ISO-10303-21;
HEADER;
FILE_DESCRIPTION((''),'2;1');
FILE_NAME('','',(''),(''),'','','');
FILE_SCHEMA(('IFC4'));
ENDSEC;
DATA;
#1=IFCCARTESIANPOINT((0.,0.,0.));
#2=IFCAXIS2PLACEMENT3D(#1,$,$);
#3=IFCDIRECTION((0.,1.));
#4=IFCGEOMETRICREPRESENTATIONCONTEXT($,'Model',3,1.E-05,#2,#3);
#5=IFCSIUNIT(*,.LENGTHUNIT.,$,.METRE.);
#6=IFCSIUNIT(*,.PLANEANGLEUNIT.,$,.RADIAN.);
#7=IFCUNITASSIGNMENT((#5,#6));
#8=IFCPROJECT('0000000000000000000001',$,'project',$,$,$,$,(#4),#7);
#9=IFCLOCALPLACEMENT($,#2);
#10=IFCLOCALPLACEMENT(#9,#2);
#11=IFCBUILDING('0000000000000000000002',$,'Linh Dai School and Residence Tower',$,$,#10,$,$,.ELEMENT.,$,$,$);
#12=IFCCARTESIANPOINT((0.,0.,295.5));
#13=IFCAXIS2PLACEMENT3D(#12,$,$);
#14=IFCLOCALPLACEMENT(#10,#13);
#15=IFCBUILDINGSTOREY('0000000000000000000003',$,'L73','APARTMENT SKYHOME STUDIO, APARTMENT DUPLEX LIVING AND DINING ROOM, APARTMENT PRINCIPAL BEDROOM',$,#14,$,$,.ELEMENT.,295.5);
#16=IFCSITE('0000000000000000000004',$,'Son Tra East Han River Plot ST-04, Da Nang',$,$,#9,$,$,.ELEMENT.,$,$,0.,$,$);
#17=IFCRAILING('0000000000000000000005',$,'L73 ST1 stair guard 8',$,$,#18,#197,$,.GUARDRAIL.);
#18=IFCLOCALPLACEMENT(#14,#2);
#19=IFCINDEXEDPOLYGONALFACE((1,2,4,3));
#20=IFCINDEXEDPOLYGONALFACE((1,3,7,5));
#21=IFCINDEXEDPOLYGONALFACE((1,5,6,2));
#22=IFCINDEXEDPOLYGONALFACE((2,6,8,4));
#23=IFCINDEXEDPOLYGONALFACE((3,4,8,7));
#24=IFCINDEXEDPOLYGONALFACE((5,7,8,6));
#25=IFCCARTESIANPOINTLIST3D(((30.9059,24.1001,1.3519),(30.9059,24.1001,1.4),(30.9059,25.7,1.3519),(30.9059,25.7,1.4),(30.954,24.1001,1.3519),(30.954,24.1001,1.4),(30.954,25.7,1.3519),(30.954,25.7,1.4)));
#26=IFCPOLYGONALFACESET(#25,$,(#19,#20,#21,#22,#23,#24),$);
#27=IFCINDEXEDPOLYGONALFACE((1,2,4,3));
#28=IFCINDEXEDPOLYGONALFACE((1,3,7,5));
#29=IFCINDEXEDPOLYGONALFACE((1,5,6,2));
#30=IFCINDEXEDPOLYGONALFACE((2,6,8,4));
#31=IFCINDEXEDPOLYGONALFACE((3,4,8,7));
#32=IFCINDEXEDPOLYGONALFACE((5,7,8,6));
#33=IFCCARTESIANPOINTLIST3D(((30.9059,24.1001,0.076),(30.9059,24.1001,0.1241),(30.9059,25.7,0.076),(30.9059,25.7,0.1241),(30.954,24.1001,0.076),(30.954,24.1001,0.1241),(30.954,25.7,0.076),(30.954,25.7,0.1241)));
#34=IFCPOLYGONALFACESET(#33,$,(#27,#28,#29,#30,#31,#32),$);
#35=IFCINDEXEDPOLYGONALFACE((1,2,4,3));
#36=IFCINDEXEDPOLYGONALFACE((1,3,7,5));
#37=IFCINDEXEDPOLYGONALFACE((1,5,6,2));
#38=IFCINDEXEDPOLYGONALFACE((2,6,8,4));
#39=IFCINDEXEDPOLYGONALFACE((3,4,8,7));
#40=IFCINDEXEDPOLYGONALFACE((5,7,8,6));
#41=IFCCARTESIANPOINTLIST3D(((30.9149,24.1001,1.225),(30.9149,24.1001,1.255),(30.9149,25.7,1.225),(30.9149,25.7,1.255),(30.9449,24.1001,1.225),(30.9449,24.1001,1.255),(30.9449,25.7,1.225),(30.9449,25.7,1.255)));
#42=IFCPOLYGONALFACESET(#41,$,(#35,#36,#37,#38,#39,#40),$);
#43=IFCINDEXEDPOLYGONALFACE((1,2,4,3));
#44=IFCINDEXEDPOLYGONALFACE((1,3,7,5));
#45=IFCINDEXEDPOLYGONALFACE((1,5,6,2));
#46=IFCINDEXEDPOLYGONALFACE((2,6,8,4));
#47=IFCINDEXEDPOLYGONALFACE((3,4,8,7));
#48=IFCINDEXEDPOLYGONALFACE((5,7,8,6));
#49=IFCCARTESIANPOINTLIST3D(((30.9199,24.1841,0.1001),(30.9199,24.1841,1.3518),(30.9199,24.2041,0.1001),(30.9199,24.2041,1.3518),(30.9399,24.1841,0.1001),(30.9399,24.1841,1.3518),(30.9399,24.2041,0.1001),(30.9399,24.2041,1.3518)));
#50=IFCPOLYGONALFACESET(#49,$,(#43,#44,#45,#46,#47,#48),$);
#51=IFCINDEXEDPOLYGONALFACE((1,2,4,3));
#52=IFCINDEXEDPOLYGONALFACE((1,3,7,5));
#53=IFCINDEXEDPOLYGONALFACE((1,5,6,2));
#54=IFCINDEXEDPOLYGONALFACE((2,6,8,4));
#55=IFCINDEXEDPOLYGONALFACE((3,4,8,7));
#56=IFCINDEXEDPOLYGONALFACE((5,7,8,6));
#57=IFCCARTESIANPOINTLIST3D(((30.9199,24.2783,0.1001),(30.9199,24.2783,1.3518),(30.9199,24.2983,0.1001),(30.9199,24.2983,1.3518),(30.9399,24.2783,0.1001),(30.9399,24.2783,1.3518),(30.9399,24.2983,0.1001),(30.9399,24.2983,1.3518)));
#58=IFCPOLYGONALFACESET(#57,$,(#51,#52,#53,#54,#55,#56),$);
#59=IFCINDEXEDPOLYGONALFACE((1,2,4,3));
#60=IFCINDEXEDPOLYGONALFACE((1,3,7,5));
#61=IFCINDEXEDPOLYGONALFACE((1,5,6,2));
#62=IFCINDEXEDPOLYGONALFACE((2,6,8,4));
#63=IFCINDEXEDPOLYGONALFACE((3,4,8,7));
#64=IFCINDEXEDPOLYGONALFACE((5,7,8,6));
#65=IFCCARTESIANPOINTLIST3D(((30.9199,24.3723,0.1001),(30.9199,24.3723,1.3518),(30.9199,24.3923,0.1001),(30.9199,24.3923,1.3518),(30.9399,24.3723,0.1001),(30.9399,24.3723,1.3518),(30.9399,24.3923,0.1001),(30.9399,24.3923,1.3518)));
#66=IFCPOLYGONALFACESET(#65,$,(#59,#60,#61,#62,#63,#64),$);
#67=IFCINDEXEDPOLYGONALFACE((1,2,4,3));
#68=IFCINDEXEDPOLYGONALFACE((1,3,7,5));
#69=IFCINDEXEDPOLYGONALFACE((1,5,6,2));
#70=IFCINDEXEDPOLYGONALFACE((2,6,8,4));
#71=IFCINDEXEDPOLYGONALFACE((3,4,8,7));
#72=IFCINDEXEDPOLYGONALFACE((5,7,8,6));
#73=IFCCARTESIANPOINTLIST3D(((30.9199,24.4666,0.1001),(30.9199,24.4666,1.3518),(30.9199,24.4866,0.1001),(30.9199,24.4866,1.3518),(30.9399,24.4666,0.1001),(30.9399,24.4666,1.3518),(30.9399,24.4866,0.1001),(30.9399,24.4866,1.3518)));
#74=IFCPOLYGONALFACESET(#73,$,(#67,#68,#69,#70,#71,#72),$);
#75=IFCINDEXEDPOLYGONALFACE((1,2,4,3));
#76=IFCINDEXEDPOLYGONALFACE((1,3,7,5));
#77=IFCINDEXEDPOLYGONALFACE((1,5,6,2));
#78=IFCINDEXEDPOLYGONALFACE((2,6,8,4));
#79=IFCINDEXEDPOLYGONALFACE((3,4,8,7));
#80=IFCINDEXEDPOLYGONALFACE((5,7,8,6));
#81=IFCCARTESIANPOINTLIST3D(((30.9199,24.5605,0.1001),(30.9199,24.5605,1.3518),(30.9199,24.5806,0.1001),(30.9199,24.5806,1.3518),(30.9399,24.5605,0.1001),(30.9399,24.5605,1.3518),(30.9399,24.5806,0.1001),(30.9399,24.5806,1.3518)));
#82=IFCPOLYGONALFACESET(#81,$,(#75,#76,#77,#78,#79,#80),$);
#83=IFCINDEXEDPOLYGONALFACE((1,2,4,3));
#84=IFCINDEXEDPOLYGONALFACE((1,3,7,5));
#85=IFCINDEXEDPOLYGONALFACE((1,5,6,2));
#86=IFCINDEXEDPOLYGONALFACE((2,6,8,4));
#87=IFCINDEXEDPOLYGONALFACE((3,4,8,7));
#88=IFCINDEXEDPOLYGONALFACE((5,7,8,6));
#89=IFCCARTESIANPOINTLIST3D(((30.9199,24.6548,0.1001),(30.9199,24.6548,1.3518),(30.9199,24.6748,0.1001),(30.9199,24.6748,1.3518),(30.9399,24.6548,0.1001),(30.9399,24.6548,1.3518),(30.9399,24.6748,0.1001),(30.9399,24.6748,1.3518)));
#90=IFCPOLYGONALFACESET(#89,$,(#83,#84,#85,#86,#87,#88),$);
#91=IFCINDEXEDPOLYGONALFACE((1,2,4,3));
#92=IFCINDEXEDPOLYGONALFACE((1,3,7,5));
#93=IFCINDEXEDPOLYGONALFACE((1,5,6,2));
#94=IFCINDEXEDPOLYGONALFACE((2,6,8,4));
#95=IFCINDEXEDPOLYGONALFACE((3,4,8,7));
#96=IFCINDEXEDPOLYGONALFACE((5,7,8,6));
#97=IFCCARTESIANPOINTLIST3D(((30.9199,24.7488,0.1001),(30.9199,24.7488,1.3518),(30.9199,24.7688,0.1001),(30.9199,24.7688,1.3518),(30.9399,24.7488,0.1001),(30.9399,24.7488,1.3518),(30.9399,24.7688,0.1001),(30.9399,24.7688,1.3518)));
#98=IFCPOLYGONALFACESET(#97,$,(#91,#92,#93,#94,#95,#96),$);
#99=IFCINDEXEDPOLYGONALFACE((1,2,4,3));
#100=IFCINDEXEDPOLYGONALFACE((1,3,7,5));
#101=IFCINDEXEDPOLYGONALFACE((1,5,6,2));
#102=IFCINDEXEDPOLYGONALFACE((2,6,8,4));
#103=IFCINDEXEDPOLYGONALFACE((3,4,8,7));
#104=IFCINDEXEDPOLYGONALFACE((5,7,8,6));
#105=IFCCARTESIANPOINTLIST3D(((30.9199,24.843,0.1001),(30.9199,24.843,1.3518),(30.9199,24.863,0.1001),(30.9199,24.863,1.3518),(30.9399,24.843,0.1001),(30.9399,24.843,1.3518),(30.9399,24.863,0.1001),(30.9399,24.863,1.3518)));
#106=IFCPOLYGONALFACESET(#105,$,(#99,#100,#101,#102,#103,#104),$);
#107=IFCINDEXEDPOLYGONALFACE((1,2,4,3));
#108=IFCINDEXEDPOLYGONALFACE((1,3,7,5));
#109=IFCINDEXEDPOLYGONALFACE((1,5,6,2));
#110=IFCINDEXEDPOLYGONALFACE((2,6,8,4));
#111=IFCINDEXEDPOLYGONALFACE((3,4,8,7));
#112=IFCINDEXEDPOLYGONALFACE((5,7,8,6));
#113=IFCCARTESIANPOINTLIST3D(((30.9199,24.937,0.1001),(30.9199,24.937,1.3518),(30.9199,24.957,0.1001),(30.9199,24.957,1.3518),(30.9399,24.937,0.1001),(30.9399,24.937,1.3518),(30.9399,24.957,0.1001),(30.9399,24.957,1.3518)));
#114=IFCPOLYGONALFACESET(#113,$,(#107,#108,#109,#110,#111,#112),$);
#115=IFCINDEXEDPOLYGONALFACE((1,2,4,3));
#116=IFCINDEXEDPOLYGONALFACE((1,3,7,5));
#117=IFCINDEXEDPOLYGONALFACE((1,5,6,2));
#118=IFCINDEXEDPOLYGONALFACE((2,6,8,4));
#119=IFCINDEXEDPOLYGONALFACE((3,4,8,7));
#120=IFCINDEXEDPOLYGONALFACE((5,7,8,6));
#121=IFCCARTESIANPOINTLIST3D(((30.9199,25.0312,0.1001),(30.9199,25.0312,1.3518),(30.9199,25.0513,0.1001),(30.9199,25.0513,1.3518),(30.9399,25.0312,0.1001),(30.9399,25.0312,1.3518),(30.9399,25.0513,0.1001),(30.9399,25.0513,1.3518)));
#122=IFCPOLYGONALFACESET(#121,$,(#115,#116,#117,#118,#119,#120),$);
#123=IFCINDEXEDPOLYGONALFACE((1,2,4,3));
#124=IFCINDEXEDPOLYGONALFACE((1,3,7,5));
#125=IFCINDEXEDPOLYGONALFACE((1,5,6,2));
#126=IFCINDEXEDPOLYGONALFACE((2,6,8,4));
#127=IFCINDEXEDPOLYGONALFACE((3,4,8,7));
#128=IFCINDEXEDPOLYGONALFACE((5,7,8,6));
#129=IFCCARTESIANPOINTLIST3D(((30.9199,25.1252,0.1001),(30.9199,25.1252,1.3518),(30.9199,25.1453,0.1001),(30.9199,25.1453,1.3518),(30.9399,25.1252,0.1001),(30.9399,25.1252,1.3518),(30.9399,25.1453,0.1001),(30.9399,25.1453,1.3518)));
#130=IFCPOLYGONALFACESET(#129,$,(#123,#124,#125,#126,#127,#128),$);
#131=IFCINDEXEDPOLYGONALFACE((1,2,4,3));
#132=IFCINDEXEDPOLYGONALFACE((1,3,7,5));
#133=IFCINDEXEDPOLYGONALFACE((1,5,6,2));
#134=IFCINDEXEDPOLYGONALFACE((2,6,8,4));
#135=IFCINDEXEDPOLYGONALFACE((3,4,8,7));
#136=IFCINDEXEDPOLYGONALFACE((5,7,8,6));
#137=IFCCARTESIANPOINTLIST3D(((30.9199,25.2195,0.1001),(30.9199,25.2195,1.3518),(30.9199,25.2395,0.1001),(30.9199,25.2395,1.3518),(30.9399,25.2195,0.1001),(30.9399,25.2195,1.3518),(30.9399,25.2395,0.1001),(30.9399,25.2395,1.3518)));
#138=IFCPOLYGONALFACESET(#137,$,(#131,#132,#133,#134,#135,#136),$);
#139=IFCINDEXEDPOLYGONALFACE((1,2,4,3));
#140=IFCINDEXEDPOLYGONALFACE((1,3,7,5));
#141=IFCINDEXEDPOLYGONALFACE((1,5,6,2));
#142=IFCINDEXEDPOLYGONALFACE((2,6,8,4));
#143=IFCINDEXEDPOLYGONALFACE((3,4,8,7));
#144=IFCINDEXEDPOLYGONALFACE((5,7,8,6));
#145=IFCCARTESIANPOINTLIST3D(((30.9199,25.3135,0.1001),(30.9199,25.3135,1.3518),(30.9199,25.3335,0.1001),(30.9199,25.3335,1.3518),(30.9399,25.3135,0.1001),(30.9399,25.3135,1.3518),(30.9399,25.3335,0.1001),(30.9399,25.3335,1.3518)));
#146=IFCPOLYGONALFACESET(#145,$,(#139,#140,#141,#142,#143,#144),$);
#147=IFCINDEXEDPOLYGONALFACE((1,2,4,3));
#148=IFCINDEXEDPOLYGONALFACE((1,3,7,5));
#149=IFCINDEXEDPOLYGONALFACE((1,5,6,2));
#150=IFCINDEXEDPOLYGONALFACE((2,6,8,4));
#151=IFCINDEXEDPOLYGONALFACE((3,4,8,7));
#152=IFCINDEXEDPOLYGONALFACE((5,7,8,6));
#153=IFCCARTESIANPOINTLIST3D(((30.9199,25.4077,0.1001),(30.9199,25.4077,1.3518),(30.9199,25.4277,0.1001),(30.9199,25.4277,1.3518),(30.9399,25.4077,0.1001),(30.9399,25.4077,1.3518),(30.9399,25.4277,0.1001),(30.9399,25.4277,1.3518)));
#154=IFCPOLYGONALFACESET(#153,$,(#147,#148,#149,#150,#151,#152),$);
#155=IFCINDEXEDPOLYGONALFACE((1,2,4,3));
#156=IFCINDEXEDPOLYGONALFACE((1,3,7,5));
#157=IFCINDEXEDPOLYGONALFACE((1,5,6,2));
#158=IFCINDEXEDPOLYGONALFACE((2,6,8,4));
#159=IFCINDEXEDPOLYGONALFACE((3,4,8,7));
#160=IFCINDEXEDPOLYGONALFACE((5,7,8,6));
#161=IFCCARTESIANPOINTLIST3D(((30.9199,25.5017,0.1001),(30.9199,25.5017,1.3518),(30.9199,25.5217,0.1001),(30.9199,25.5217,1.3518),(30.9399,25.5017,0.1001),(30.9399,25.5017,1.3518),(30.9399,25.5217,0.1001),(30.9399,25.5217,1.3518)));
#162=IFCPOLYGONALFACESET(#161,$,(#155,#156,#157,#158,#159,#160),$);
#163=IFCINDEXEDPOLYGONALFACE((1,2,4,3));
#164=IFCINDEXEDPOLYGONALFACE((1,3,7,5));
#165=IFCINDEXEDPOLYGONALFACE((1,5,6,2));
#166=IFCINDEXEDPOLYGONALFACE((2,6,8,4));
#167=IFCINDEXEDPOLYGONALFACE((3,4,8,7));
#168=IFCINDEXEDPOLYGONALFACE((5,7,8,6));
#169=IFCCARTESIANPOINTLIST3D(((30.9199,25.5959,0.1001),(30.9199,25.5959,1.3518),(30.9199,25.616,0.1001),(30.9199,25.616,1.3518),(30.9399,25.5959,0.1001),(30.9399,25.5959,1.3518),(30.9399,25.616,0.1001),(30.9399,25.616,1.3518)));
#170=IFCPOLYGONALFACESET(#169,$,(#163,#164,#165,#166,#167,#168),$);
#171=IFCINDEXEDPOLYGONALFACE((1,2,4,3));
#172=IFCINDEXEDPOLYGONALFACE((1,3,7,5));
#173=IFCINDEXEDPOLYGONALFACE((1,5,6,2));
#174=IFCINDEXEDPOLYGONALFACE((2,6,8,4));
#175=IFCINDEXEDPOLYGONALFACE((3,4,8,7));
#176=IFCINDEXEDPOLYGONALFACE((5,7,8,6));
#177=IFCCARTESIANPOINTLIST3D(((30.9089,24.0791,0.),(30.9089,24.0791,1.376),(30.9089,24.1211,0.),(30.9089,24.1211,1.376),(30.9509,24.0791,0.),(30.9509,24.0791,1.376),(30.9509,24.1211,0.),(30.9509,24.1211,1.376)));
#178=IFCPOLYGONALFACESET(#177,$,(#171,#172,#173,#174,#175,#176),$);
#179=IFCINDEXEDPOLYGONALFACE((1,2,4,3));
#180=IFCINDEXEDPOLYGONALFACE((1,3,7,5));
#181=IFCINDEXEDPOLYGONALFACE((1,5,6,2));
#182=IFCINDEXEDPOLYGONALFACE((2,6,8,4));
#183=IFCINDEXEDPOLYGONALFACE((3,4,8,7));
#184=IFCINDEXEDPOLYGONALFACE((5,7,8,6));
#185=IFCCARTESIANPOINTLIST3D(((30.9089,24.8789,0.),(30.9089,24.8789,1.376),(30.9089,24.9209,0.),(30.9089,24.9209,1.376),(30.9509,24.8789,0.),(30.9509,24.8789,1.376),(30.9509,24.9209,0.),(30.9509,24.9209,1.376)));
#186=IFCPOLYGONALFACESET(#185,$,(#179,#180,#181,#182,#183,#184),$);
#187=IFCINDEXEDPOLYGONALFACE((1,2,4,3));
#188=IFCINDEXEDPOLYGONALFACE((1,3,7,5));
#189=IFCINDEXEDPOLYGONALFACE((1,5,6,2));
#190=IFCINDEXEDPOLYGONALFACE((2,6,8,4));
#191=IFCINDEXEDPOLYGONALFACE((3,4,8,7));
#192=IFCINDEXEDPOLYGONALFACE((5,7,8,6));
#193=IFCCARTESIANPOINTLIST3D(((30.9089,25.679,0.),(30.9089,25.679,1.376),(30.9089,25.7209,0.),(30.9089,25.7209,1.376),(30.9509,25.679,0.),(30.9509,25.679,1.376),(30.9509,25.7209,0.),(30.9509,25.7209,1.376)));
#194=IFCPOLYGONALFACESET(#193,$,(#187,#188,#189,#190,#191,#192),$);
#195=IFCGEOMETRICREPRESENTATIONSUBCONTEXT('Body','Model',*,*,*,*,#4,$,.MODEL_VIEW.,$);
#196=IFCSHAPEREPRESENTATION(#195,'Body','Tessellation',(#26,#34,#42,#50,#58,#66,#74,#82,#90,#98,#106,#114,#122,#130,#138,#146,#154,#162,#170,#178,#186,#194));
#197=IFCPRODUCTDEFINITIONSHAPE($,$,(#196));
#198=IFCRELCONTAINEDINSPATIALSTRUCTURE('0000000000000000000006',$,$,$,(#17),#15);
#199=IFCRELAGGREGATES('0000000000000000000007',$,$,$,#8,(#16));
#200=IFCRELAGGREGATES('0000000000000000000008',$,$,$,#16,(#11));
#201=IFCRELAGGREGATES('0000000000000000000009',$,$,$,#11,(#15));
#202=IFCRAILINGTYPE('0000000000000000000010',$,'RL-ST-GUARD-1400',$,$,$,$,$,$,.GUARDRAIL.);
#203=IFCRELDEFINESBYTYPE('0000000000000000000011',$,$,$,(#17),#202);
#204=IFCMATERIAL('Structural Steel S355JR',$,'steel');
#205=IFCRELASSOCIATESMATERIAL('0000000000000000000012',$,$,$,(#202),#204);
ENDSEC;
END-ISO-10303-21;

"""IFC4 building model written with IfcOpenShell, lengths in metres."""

from ifc_helpers import new_model, si_unit, direction, frame, origin, origin_2d, place, context, subcontext, project, spatial, rectangle, extrude, source, transform, mapped, material, type_object, element, save


model = new_model("IFC4")

# Units and contexts
model_context = context("Model", 3, precision=1e-05, world=origin(), true_north=direction((0.0, 1.0)))
body_context = subcontext(model_context, "Body", "Model", "MODEL_VIEW")
ifc_project = project(units=[si_unit("LENGTHUNIT", "METRE"), si_unit("PLANEANGLEUNIT", "RADIAN")], contexts=[model_context])

# Site, building, storey
site_placement = place(None, origin())
site = spatial("IfcSite", under=ifc_project, at=site_placement, Name="Son Tra East Han River Plot ST-04, Da Nang", CompositionType="ELEMENT", RefElevation=0.0)
building_placement = place(site_placement, origin())
building = spatial("IfcBuilding", under=site, at=building_placement, Name="Linh Dai School and Residence Tower", CompositionType="ELEMENT")
storey_placement = place(building_placement, frame((0.0, 0.0, 295.5)))
storey = spatial("IfcBuildingStorey", under=building, at=storey_placement, Name="L73", Description="APARTMENT SKYHOME STUDIO, APARTMENT DUPLEX LIVING AND DINING ROOM, APARTMENT PRINCIPAL BEDROOM", CompositionType="ELEMENT", Elevation=295.5)

# Shared definitions
ifc_material_1 = material(Name="Structural Steel S355JR", Category="steel")

# Railing
railing_type_1 = type_object("IfcRailingType", Name="RL-ST-GUARD-1400", PredefinedType="GUARDRAIL", material=ifc_material_1)
shared_shape_1 = source(origin(), body_context, "Body", "SweptSolid", [
    extrude(rectangle(XDim=0.0481, YDim=0.0481, at=origin_2d()), frame((0.0, 0.0, 1.376), z_axis=(0.0, 1.0, 0.0), x_axis=(-1.0, 0.0, 0.0)), (0.0, 0.0, 1.0), 1.5999),
    extrude(rectangle(XDim=0.0481, YDim=0.0481, at=origin_2d()), frame((0.0, 0.0, 0.1001), z_axis=(0.0, 1.0, 0.0), x_axis=(-1.0, 0.0, 0.0)), (0.0, 0.0, 1.0), 1.5999),
    extrude(rectangle(XDim=0.03, YDim=0.03, at=origin_2d()), frame((0.0, 0.0, 1.24), z_axis=(0.0, 1.0, 0.0), x_axis=(-1.0, 0.0, 0.0)), (0.0, 0.0, 1.0), 1.5999),
    extrude(rectangle(XDim=0.02, YDim=0.02, at=origin_2d()), frame((0.0, 0.094, 0.1001)), (0.0, 0.0, 1.0), 1.2517),
    extrude(rectangle(XDim=0.02, YDim=0.02, at=origin_2d()), frame((0.0, 0.1882, 0.1001)), (0.0, 0.0, 1.0), 1.2517),
    extrude(rectangle(XDim=0.02, YDim=0.02, at=origin_2d()), frame((0.0, 0.2822, 0.1001)), (0.0, 0.0, 1.0), 1.2517),
    extrude(rectangle(XDim=0.02, YDim=0.02, at=origin_2d()), frame((0.0, 0.3765, 0.1001)), (0.0, 0.0, 1.0), 1.2517),
    extrude(rectangle(XDim=0.02, YDim=0.02, at=origin_2d()), frame((0.0, 0.4705, 0.1001)), (0.0, 0.0, 1.0), 1.2517),
    extrude(rectangle(XDim=0.02, YDim=0.02, at=origin_2d()), frame((0.0, 0.5647, 0.1001)), (0.0, 0.0, 1.0), 1.2517),
    extrude(rectangle(XDim=0.02, YDim=0.02, at=origin_2d()), frame((0.0, 0.6587, 0.1001)), (0.0, 0.0, 1.0), 1.2517),
    extrude(rectangle(XDim=0.02, YDim=0.02, at=origin_2d()), frame((0.0, 0.7529, 0.1001)), (0.0, 0.0, 1.0), 1.2517),
    extrude(rectangle(XDim=0.02, YDim=0.02, at=origin_2d()), frame((0.0, 0.8469, 0.1001)), (0.0, 0.0, 1.0), 1.2517),
    extrude(rectangle(XDim=0.02, YDim=0.02, at=origin_2d()), frame((0.0, 0.9412, 0.1001)), (0.0, 0.0, 1.0), 1.2517),
    extrude(rectangle(XDim=0.02, YDim=0.02, at=origin_2d()), frame((0.0, 1.0352, 0.1001)), (0.0, 0.0, 1.0), 1.2517),
    extrude(rectangle(XDim=0.02, YDim=0.02, at=origin_2d()), frame((0.0, 1.1294, 0.1001)), (0.0, 0.0, 1.0), 1.2517),
    extrude(rectangle(XDim=0.02, YDim=0.02, at=origin_2d()), frame((0.0, 1.2234, 0.1001)), (0.0, 0.0, 1.0), 1.2517),
    extrude(rectangle(XDim=0.02, YDim=0.02, at=origin_2d()), frame((0.0, 1.3176, 0.1001)), (0.0, 0.0, 1.0), 1.2517),
    extrude(rectangle(XDim=0.02, YDim=0.02, at=origin_2d()), frame((0.0, 1.4116, 0.1001)), (0.0, 0.0, 1.0), 1.2517),
    extrude(rectangle(XDim=0.02, YDim=0.02, at=origin_2d()), frame((0.0, 1.5059, 0.1001)), (0.0, 0.0, 1.0), 1.2517),
    extrude(rectangle(XDim=0.042, YDim=0.042, at=origin_2d()), origin(), (0.0, 0.0, 1.0), 1.376),
    extrude(rectangle(XDim=0.042, YDim=0.042, at=origin_2d()), frame((0.0, 0.7998, 0.0)), (0.0, 0.0, 1.0), 1.376),
    extrude(rectangle(XDim=0.042, YDim=0.042, at=origin_2d()), frame((0.0, 1.5999, 0.0)), (0.0, 0.0, 1.0), 1.376),
])
for number, where, name in (
    (1, (30.9299, 24.1001, 0.0), "L73 ST1 stair guard 8"),
):
    element("IfcRailing", number, at=place(storey_placement, frame(where)), inside=storey, type_object=railing_type_1, Name=name, PredefinedType="GUARDRAIL", context=body_context, shape_type="MappedRepresentation", body=[
        mapped(shared_shape_1, transform((0.0, 0.0, 0.0), x_axis=(1.0, 0.0, 0.0), y_axis=(0.0, 1.0, 0.0), z_axis=(0.0, 0.0, 1.0), scale=1.0)),
    ])

save(model, "model.ifc")
